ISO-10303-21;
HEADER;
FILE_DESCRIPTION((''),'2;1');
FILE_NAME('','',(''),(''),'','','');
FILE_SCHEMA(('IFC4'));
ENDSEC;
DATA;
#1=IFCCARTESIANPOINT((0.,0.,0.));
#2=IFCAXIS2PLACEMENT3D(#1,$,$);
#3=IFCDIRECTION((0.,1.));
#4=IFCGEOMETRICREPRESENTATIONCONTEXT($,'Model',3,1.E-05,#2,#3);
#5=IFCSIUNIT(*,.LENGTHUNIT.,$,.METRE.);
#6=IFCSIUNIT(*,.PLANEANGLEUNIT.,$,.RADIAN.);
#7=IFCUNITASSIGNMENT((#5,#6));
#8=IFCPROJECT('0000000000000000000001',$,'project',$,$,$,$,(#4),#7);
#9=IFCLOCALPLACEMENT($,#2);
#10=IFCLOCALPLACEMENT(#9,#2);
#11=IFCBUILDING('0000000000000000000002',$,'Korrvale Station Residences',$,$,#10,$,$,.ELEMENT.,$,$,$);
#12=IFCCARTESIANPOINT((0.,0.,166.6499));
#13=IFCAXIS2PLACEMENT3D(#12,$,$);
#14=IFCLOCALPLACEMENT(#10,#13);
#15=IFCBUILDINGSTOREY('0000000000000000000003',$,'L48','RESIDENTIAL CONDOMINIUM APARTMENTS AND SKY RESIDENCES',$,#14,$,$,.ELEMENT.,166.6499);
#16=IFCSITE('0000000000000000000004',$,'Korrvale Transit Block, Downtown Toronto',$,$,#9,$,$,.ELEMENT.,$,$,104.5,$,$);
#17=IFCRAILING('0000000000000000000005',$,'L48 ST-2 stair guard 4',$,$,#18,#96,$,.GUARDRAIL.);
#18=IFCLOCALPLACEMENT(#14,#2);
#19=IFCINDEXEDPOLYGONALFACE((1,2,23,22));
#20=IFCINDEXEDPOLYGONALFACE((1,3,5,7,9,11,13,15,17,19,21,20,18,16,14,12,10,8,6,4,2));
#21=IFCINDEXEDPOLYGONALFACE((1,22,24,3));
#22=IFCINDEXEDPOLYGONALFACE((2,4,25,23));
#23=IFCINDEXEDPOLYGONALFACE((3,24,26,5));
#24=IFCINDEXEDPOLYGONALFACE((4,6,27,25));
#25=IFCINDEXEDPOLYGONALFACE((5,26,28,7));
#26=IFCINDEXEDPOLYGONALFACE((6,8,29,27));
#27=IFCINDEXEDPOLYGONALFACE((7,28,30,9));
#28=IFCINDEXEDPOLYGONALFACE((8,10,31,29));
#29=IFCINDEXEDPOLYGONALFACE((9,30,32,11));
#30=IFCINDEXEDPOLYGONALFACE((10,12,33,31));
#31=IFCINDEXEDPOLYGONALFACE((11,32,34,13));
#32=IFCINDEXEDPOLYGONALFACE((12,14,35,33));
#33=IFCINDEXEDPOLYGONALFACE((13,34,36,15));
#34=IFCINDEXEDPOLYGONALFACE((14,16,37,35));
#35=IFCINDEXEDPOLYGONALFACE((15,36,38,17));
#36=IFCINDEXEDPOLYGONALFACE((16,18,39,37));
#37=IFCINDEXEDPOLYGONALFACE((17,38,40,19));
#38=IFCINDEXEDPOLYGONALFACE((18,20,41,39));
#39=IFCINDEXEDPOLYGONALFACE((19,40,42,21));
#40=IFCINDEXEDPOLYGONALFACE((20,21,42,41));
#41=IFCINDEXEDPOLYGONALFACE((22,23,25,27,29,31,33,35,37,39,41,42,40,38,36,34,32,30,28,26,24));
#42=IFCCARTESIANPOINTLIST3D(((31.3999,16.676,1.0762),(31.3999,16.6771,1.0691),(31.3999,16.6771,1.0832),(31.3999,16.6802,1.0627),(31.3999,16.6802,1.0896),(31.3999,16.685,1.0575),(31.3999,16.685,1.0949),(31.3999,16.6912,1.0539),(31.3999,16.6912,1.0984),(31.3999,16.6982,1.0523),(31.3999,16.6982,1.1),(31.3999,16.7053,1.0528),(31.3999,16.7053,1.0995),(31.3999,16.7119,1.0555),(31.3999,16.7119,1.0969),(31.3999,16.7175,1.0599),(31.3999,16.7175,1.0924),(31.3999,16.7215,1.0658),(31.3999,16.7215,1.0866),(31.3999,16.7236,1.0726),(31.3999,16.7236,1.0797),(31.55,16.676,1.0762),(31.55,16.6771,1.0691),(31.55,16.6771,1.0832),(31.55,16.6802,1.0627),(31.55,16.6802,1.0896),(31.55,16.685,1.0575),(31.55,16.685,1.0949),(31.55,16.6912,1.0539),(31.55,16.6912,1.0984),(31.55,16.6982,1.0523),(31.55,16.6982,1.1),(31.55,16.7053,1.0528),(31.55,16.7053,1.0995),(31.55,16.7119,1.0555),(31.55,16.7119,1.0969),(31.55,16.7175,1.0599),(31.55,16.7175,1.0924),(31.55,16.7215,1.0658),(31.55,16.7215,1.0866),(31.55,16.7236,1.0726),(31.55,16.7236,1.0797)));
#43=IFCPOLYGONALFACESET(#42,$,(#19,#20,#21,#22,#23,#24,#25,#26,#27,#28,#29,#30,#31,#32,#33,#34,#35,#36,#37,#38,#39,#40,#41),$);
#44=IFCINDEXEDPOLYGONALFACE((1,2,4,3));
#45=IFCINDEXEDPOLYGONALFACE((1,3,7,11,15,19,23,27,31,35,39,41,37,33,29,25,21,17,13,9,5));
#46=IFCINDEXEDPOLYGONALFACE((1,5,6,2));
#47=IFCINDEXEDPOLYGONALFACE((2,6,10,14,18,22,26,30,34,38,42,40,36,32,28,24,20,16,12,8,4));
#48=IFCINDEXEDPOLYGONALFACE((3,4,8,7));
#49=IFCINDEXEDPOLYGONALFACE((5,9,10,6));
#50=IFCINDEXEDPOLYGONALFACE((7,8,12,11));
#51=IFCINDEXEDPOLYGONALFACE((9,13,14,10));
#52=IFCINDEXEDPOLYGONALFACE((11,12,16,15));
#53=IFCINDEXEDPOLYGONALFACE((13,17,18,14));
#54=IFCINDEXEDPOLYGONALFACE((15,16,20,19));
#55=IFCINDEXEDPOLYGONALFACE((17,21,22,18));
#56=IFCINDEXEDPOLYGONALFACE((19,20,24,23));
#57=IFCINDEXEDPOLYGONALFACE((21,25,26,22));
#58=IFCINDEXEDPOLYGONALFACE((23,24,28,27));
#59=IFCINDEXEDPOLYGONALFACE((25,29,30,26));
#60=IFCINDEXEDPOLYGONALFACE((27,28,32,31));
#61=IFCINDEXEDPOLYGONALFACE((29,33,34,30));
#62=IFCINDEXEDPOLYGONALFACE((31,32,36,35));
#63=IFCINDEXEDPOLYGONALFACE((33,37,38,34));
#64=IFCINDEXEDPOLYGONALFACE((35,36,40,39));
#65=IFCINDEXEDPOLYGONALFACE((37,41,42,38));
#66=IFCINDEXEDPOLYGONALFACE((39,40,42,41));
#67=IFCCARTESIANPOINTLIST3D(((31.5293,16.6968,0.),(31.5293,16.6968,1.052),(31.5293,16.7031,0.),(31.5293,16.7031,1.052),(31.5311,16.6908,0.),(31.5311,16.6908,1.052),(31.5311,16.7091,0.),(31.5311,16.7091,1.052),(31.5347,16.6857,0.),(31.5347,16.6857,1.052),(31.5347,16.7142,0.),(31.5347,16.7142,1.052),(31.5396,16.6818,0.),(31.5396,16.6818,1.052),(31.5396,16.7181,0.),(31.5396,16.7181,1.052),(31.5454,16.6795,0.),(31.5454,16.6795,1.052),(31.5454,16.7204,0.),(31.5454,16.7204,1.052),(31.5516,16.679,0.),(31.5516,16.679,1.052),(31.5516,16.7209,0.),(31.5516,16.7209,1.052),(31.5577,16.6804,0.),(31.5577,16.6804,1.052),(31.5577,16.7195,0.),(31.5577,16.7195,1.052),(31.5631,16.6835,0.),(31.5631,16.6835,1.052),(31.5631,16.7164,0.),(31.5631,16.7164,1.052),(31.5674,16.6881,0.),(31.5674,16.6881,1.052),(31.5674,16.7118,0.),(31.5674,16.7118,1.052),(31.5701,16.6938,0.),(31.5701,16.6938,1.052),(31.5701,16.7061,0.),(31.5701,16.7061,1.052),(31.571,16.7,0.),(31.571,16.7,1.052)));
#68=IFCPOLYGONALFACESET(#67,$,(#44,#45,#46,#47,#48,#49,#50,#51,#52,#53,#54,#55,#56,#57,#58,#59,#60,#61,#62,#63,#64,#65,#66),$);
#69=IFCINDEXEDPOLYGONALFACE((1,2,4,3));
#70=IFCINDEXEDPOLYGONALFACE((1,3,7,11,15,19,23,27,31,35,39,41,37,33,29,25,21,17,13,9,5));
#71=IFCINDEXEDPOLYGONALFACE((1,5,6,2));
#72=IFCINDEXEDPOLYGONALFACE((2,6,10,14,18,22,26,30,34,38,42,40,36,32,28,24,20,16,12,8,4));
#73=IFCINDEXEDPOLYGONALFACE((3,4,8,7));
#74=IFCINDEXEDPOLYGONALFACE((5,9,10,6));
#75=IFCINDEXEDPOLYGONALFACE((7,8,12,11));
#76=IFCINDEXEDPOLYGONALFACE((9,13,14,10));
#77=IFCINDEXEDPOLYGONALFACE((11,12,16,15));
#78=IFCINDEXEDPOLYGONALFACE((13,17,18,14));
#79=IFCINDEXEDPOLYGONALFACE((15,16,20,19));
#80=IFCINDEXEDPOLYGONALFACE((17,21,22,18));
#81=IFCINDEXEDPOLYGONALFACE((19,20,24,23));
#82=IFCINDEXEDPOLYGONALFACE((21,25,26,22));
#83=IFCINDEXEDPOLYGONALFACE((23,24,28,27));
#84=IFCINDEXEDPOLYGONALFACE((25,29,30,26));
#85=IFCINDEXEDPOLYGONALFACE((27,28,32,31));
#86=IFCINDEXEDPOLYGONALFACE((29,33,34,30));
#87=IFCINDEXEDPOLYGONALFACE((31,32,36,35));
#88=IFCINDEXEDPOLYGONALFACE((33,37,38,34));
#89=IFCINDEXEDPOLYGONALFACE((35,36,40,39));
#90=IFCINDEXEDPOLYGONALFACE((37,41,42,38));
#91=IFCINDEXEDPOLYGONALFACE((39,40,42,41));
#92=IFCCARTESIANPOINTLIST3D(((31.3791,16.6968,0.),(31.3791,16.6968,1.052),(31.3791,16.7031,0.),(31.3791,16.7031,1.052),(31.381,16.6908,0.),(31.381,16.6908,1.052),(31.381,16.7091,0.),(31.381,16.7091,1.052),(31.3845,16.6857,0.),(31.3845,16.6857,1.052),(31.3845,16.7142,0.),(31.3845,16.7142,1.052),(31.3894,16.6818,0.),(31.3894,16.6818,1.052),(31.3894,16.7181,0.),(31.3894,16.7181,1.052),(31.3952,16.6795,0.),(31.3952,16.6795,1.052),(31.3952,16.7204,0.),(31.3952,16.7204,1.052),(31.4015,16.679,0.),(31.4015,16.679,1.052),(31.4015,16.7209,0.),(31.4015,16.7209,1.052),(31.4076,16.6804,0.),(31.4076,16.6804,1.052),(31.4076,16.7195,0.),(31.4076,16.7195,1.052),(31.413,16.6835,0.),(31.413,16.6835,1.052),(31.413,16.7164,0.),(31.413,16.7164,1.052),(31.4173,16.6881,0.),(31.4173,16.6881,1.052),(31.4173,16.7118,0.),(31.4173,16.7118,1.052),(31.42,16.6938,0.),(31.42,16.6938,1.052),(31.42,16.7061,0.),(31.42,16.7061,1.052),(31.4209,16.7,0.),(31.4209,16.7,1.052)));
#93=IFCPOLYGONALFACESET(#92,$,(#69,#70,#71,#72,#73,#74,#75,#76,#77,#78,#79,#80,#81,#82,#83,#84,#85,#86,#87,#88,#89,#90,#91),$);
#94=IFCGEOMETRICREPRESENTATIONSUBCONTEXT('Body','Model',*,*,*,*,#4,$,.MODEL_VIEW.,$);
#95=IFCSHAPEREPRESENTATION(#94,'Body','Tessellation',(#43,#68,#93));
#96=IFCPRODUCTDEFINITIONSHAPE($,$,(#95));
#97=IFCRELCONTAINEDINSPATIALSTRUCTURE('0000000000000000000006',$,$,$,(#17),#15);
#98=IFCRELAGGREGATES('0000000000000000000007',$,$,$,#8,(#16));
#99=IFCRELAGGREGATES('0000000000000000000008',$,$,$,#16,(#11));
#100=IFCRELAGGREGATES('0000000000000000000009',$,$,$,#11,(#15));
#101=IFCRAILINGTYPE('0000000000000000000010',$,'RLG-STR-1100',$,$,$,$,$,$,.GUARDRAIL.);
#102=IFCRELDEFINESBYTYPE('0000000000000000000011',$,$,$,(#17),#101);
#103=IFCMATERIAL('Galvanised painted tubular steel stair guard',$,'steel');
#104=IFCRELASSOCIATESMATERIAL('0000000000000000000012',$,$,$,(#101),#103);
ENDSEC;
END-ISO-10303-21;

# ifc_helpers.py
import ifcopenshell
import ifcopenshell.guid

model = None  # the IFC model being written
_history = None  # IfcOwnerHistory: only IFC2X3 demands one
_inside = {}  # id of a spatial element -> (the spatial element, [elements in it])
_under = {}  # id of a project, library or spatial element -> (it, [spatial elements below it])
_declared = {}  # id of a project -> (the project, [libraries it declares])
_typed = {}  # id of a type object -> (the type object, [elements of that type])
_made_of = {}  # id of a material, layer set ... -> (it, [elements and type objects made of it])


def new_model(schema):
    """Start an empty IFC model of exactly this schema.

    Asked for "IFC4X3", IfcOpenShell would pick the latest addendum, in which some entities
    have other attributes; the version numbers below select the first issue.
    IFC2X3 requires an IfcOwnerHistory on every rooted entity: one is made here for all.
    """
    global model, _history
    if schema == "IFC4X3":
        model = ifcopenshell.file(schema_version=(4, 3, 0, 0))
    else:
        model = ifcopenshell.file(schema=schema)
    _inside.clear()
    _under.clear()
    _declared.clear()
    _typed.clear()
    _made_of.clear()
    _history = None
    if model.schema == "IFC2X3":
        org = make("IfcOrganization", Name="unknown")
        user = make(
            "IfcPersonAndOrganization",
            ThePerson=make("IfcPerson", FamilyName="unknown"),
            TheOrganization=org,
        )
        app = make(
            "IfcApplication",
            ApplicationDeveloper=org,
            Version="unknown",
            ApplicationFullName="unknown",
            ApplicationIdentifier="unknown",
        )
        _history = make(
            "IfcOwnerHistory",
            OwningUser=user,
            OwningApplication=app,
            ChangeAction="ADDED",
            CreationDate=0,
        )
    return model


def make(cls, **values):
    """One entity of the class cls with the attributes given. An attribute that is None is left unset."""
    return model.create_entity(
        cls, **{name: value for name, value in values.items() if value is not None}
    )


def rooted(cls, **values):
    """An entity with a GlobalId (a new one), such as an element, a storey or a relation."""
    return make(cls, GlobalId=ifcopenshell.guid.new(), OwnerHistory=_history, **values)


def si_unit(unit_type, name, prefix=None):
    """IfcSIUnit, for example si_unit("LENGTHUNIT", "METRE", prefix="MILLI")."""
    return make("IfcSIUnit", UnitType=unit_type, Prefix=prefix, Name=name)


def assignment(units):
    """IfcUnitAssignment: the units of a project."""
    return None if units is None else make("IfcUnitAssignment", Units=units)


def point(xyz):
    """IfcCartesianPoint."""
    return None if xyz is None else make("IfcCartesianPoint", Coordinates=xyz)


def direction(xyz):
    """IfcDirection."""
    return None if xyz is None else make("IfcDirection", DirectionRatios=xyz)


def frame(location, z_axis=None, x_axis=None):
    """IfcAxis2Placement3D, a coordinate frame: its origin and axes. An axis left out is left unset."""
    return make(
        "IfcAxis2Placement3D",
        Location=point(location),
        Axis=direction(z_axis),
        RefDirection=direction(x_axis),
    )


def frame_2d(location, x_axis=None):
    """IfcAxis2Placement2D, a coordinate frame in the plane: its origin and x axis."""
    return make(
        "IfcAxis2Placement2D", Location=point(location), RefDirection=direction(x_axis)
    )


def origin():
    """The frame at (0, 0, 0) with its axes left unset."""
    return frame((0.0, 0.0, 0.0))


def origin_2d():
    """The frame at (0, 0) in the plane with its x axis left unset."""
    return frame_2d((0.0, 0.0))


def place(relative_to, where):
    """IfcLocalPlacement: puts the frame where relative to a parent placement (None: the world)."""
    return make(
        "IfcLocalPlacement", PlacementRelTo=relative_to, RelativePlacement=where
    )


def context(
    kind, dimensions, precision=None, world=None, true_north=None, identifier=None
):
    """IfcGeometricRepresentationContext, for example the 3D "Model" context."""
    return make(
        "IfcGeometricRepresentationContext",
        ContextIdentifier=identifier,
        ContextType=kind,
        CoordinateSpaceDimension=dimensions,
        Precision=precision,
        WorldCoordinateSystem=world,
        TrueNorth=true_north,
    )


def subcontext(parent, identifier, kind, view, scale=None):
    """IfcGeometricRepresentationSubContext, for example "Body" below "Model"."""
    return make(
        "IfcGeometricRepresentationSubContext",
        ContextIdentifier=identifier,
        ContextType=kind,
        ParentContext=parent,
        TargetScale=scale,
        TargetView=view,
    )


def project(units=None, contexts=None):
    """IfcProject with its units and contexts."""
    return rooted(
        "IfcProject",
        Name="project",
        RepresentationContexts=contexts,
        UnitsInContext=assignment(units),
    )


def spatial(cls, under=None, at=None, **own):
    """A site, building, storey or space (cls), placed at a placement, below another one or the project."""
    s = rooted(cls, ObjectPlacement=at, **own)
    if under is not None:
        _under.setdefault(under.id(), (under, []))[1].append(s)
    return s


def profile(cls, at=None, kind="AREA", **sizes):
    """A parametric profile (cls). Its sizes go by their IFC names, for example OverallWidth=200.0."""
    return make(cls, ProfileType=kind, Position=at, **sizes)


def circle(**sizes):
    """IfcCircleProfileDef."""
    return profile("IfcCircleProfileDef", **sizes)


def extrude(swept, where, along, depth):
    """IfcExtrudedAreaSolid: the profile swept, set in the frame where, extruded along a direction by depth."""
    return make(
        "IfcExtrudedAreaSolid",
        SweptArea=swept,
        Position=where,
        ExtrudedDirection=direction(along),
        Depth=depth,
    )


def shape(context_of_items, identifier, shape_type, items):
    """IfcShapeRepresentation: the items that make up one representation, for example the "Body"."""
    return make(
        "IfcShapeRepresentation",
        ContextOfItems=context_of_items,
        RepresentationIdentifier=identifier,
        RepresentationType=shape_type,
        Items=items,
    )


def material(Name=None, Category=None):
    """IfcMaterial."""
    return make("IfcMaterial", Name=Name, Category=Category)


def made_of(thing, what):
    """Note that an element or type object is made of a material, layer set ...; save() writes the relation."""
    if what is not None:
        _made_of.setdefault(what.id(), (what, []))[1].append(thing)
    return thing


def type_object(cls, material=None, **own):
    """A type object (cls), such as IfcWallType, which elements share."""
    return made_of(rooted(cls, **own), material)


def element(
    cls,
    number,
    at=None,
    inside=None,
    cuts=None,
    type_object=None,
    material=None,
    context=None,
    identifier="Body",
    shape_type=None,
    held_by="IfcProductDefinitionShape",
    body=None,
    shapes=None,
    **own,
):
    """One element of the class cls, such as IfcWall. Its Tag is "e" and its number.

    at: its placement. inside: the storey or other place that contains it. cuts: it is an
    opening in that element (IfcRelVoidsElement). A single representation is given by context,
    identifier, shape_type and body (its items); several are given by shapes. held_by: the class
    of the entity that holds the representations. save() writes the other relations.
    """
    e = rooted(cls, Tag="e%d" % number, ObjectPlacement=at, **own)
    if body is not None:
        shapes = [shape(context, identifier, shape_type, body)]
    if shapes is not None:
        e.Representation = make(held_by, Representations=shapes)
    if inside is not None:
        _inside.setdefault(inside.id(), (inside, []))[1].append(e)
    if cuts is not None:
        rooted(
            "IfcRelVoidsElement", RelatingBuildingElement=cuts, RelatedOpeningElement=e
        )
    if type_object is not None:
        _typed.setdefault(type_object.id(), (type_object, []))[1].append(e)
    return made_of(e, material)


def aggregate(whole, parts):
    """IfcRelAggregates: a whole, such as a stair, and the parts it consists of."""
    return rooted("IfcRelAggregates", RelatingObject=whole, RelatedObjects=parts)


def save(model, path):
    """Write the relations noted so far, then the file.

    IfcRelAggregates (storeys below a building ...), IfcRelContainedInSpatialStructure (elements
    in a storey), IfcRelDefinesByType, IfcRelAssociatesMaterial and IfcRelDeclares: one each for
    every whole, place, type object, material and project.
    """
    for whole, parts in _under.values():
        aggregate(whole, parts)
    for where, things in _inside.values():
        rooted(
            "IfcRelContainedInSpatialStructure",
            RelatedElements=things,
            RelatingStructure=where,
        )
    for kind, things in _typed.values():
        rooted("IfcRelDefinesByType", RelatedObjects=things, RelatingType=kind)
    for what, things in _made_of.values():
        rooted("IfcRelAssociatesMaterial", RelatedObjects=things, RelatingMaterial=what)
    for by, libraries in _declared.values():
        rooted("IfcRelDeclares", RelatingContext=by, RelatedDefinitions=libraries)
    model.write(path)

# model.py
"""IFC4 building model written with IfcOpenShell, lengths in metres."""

from ifc_helpers import new_model, si_unit, direction, frame, origin, origin_2d, place, context, subcontext, project, spatial, circle, extrude, material, type_object, element, save


model = new_model("IFC4")

# Units and contexts
model_context = context("Model", 3, precision=1e-05, world=origin(), true_north=direction((0.0, 1.0)))
body_context = subcontext(model_context, "Body", "Model", "MODEL_VIEW")
ifc_project = project(units=[si_unit("LENGTHUNIT", "METRE"), si_unit("PLANEANGLEUNIT", "RADIAN")], contexts=[model_context])

# Site, building, storey
site_placement = place(None, origin())
site = spatial("IfcSite", under=ifc_project, at=site_placement, Name="Korrvale Transit Block, Downtown Toronto", CompositionType="ELEMENT", RefElevation=104.5)
building_placement = place(site_placement, origin())
building = spatial("IfcBuilding", under=site, at=building_placement, Name="Korrvale Station Residences", CompositionType="ELEMENT")
storey_placement = place(building_placement, frame((0.0, 0.0, 166.6499)))
storey = spatial("IfcBuildingStorey", under=building, at=storey_placement, Name="L48", Description="RESIDENTIAL CONDOMINIUM APARTMENTS AND SKY RESIDENCES", CompositionType="ELEMENT", Elevation=166.6499)

# Railing
ifc_material_1 = material(Name="Galvanised painted tubular steel stair guard", Category="steel")
railing_type_1 = type_object("IfcRailingType", Name="RLG-STR-1100", PredefinedType="GUARDRAIL", material=ifc_material_1)
railing_1_placement = place(storey_placement, frame((31.55, 16.7, 0.0)))
element("IfcRailing", 1, at=railing_1_placement, inside=storey, type_object=railing_type_1, Name="L48 ST-2 stair guard 4", PredefinedType="GUARDRAIL", context=body_context, shape_type="SweptSolid", body=[
    extrude(circle(Radius=0.0239, at=origin_2d()), frame((0.0, 0.0, 1.0762), z_axis=(-1.0, 0.0, 0.0), x_axis=(0.0, -1.0, 0.0)), (0.0, 0.0, 1.0), 0.1501),
    extrude(circle(Radius=0.021, at=origin_2d()), origin(), (0.0, 0.0, 1.0), 1.052),
    extrude(circle(Radius=0.021, at=origin_2d()), frame((-0.1501, 0.0, 0.0)), (0.0, 0.0, 1.0), 1.052),
])

save(model, "model.ifc")
